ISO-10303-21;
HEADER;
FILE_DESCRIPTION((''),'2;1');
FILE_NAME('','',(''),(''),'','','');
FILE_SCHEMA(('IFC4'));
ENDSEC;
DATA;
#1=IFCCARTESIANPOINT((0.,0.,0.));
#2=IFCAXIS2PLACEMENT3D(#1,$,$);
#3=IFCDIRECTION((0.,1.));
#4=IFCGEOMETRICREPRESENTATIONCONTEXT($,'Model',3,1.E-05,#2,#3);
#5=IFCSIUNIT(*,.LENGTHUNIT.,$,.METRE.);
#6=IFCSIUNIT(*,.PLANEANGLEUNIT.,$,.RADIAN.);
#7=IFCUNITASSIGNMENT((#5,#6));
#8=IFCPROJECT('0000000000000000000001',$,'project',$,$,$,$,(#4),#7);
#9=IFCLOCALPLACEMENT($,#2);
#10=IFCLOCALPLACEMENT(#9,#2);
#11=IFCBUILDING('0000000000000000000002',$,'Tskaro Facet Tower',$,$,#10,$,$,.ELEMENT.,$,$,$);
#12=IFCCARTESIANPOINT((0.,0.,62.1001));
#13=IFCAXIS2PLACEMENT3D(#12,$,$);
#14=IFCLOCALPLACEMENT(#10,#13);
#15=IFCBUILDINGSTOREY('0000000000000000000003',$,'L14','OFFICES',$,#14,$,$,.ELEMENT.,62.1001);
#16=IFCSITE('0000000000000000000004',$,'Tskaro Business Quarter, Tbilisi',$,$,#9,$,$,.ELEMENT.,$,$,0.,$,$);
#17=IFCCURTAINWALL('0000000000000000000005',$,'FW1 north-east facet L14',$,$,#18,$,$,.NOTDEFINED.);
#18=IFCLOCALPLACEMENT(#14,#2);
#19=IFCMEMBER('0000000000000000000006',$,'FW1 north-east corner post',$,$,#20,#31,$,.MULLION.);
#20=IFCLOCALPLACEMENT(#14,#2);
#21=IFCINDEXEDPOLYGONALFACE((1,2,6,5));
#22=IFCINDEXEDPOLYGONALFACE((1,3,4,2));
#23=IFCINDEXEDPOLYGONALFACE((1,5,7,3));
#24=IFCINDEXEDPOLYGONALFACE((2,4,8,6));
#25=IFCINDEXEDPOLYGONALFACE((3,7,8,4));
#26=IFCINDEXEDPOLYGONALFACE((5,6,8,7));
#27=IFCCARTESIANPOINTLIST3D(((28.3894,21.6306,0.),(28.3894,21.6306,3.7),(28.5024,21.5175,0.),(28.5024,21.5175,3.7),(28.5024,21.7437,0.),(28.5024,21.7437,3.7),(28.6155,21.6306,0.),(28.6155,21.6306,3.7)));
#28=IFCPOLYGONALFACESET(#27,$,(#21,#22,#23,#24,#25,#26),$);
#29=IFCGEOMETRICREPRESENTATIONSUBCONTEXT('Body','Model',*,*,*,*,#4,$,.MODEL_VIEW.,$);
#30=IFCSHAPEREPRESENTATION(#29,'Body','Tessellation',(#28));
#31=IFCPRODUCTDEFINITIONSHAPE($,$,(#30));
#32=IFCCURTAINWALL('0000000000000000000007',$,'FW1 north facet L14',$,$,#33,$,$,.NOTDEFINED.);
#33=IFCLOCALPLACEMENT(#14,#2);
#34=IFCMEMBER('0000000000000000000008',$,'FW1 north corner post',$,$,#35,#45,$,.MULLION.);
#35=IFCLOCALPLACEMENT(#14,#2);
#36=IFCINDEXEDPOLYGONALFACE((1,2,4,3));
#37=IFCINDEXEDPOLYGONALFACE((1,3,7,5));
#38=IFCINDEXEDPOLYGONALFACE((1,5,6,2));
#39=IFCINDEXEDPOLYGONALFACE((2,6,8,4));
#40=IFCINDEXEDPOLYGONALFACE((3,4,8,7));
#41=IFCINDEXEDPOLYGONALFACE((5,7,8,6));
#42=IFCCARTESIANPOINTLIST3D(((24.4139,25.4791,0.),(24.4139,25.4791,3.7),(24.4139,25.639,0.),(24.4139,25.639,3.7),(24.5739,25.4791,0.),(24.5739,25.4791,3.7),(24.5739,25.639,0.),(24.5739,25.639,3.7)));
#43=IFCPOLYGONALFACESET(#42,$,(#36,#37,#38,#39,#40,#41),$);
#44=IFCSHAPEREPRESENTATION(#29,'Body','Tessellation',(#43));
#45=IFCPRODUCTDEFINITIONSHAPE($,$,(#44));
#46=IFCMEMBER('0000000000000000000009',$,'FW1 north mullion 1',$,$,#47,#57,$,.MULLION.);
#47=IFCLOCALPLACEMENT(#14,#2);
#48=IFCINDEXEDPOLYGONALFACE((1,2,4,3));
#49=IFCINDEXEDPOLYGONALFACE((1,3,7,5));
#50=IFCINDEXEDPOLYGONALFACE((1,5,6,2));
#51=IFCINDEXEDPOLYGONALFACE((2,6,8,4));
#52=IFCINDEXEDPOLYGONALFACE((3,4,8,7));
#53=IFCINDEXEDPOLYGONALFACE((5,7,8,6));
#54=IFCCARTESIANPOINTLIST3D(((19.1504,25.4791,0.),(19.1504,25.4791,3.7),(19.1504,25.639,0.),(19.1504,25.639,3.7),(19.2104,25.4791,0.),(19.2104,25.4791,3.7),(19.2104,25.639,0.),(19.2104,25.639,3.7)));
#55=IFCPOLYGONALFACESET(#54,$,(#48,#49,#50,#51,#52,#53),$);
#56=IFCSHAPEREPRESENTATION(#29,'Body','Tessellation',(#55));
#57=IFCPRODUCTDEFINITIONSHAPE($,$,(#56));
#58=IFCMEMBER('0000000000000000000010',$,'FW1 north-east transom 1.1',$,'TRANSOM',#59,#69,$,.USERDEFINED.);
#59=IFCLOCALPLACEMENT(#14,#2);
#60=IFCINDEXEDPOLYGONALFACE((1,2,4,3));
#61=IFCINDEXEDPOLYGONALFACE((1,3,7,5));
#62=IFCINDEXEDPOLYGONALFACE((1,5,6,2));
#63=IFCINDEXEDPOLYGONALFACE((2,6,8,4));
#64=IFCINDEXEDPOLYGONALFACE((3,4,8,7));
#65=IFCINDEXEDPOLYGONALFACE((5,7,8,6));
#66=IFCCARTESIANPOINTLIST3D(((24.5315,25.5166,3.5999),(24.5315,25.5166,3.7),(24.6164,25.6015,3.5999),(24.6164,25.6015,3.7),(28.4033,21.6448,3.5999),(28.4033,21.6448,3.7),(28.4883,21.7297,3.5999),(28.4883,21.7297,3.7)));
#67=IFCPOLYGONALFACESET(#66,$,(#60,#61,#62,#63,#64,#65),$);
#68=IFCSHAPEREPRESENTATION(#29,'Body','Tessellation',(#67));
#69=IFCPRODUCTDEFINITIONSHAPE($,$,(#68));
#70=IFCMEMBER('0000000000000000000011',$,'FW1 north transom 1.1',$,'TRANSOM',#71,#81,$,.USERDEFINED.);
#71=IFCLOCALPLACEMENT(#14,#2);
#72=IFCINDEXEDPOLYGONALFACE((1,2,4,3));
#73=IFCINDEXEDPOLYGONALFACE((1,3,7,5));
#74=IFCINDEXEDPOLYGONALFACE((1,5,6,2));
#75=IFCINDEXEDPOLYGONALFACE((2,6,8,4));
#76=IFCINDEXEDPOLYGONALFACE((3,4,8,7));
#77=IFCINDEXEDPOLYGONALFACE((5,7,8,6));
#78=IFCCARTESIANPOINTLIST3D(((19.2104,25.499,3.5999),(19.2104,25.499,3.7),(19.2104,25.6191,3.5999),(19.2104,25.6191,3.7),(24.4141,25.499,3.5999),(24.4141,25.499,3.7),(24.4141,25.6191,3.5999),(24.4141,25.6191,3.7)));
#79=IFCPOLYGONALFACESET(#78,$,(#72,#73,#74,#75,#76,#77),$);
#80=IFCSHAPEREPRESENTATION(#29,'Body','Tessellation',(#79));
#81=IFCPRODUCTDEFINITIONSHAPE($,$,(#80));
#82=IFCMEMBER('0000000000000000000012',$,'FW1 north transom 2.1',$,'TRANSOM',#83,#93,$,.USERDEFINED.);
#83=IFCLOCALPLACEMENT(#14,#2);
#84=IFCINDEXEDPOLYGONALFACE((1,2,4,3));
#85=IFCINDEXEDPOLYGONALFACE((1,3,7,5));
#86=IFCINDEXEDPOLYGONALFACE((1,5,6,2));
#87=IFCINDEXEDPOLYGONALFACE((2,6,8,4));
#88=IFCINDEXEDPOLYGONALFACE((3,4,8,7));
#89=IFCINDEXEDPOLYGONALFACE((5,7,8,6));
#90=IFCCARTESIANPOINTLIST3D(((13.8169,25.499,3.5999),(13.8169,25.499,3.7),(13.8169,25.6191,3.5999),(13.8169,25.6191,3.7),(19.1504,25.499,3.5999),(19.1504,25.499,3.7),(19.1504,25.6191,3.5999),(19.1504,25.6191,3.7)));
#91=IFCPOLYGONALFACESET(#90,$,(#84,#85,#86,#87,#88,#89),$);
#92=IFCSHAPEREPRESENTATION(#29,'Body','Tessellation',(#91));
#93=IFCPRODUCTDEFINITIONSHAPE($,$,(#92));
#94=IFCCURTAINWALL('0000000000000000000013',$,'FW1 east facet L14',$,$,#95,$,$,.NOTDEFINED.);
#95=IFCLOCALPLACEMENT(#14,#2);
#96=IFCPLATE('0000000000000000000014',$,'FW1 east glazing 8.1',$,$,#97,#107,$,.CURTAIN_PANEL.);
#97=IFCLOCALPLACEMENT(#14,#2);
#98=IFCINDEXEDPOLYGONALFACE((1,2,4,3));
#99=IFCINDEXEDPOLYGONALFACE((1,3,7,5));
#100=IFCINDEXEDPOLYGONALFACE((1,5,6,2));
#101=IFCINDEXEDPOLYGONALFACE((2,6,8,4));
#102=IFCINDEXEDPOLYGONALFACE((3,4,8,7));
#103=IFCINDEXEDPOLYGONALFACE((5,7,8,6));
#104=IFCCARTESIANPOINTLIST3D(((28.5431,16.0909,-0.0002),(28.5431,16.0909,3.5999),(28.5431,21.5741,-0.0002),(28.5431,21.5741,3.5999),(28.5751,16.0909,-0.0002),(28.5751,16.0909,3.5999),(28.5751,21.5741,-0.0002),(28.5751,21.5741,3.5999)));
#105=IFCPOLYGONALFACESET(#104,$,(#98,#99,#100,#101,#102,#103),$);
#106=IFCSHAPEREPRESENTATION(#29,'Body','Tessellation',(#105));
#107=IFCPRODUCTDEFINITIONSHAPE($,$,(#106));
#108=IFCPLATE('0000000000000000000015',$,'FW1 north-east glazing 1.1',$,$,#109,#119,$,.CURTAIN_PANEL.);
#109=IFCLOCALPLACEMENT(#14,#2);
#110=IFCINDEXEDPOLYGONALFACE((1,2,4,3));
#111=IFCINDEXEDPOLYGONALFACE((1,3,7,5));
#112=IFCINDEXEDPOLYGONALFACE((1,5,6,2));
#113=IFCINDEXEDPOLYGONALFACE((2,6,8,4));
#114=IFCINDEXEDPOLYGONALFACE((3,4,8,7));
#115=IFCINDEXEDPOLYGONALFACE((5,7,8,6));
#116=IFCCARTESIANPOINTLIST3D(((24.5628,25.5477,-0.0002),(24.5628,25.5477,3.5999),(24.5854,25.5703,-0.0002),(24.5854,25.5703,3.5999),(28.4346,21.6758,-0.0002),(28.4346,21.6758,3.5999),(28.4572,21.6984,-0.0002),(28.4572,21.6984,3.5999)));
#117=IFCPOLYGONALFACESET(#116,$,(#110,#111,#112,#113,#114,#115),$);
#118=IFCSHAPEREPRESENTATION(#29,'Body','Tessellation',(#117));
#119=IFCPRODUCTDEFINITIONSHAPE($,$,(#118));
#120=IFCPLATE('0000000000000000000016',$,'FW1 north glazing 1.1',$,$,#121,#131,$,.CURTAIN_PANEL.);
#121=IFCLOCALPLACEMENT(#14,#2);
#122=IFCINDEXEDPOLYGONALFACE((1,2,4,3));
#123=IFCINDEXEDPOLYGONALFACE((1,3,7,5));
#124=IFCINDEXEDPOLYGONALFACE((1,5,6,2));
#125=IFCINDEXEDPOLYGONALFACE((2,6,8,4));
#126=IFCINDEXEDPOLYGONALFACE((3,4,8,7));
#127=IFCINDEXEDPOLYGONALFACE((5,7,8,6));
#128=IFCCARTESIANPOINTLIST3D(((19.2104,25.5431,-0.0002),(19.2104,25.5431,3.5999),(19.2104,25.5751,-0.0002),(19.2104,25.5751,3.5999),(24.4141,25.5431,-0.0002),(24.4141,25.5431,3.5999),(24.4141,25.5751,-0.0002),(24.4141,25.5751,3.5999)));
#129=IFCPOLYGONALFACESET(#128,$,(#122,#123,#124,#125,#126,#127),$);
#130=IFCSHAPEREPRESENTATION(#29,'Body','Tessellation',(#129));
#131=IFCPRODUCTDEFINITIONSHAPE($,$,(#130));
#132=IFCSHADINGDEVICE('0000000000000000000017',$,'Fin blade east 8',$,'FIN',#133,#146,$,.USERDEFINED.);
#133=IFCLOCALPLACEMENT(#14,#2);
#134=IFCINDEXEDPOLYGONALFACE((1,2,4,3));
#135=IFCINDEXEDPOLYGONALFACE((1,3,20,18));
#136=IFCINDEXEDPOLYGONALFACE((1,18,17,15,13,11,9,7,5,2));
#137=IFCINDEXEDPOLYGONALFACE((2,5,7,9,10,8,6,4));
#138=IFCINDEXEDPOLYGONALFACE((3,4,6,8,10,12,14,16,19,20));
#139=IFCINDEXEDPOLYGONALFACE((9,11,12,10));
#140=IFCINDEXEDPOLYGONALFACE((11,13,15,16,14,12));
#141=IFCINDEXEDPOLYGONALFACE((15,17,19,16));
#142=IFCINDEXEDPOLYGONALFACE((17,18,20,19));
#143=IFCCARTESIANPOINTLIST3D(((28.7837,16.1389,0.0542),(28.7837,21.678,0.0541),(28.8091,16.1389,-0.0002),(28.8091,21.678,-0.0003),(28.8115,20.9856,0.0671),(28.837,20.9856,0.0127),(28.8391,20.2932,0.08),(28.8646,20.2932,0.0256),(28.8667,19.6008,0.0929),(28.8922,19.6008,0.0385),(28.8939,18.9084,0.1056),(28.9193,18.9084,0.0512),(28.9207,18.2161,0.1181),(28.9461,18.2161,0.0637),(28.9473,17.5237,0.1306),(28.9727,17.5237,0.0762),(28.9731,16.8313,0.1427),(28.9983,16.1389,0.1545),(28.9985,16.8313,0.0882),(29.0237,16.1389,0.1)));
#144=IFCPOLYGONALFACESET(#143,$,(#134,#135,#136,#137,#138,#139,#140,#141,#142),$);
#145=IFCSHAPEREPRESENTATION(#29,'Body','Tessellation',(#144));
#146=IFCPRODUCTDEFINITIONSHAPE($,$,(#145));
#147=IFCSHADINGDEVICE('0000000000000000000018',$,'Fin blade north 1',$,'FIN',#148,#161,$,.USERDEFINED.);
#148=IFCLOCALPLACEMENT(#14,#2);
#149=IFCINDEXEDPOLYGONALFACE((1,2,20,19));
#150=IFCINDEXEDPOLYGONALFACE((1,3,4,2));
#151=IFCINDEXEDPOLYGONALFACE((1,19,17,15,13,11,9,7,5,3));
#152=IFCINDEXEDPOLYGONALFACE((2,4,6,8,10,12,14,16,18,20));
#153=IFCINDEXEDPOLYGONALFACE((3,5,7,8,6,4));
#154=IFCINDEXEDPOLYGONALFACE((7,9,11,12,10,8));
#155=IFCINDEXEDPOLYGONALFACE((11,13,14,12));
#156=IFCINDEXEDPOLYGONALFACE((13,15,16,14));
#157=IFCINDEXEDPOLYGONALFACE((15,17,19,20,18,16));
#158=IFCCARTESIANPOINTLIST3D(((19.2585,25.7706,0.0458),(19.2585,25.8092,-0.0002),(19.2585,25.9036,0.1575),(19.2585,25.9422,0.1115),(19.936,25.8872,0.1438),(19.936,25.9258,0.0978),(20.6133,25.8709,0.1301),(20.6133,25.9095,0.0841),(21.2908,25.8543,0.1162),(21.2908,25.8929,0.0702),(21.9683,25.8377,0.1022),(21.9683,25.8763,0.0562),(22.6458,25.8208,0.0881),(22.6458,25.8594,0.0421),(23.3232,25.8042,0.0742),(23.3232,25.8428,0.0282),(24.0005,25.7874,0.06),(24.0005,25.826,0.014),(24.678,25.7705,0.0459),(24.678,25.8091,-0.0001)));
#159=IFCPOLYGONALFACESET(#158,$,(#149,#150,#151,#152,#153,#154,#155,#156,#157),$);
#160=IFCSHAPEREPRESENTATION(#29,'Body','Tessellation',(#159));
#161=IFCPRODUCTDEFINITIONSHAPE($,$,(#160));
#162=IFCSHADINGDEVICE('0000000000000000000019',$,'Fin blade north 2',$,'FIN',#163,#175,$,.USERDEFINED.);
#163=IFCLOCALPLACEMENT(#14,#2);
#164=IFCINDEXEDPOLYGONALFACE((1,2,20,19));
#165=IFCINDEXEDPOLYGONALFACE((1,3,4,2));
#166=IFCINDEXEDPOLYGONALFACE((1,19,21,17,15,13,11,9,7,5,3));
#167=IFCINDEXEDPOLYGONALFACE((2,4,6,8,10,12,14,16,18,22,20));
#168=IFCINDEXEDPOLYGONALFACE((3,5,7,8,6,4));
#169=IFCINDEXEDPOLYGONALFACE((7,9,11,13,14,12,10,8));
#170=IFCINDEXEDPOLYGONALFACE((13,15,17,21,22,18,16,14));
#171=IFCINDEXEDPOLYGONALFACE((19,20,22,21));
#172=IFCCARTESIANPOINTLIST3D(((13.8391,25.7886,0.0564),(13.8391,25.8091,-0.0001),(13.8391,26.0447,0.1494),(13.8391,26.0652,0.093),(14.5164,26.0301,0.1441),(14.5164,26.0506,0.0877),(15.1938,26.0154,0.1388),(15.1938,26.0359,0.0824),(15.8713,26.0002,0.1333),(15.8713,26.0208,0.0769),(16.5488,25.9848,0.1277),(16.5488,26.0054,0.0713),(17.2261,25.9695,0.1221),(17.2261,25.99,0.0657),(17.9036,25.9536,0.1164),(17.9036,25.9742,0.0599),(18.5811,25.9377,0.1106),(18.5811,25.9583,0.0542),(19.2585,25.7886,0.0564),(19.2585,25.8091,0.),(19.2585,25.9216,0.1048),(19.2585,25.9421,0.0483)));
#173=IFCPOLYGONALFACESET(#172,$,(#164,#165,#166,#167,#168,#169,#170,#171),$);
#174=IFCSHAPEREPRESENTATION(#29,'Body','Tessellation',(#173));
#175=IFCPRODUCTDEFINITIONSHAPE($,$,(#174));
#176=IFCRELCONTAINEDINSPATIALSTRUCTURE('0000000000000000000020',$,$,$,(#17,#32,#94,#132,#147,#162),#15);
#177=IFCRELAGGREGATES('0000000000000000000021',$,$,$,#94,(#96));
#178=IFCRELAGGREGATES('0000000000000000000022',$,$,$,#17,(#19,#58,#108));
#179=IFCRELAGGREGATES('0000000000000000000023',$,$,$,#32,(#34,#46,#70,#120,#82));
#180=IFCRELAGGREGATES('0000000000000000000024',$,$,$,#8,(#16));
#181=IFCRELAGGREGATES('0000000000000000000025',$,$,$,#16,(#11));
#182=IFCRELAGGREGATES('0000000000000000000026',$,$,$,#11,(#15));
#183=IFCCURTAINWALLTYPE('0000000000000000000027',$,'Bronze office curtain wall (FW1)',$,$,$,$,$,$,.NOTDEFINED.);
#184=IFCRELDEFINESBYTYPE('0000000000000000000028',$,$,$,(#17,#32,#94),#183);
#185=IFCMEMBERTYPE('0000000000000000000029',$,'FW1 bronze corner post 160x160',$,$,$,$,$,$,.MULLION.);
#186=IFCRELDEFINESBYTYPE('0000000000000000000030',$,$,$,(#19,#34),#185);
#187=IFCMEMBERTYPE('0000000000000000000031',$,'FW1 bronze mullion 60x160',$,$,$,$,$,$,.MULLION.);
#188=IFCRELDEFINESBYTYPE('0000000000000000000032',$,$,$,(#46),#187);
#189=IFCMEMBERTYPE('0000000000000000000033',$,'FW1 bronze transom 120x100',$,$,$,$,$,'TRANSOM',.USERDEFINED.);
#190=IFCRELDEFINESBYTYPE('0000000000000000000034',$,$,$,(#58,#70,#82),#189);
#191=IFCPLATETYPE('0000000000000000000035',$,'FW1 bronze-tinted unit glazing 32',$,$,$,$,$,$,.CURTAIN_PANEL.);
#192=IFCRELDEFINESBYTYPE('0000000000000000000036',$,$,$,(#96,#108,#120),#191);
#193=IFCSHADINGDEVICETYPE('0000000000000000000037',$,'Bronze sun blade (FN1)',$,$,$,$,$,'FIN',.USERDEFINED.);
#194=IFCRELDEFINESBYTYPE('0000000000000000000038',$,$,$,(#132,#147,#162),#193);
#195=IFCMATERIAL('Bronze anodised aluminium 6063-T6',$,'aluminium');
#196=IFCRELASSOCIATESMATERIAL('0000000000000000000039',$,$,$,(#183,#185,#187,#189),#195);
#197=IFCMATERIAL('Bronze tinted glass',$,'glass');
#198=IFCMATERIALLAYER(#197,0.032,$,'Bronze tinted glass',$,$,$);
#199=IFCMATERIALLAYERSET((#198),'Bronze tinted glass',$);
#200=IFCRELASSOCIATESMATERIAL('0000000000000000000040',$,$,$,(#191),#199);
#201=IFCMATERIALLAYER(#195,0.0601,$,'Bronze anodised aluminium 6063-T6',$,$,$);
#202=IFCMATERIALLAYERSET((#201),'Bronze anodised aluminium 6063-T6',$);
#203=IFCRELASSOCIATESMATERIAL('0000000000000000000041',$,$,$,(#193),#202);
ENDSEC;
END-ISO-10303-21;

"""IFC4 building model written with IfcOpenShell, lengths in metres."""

from ifc_helpers import new_model, si_unit, direction, frame, origin, origin_2d, place, context, subcontext, project, spatial, polyline, rectangle, outline, extrude, material, layer, layer_set, material_profile, profile_set, type_object, element, aggregate, save


model = new_model("IFC4")

# Units and contexts
model_context = context("Model", 3, precision=1e-05, world=origin(), true_north=direction((0.0, 1.0)))
body_context = subcontext(model_context, "Body", "Model", "MODEL_VIEW")
ifc_project = project(units=[si_unit("LENGTHUNIT", "METRE"), si_unit("PLANEANGLEUNIT", "RADIAN")], contexts=[model_context])

# Site, building, storey
site_placement = place(None, origin())
site = spatial("IfcSite", under=ifc_project, at=site_placement, Name="Tskaro Business Quarter, Tbilisi", CompositionType="ELEMENT", RefElevation=0.0)
building_placement = place(site_placement, origin())
building = spatial("IfcBuilding", under=site, at=building_placement, Name="Tskaro Facet Tower", CompositionType="ELEMENT")
storey_placement = place(building_placement, frame((0.0, 0.0, 62.1001)))
storey = spatial("IfcBuildingStorey", under=building, at=storey_placement, Name="L14", Description="OFFICES", CompositionType="ELEMENT", Elevation=62.1001)

# Curtain wall, member
ifc_material_1 = material(Name="Bronze anodised aluminium 6063-T6", Category="aluminium")
curtain_wall_type = type_object("IfcCurtainWallType", Name="Bronze office curtain wall (FW1)", PredefinedType="NOTDEFINED", material=ifc_material_1)
curtain_wall_1_placement = place(storey_placement, origin())
curtain_wall_1 = element("IfcCurtainWall", 1, at=curtain_wall_1_placement, inside=storey, type_object=curtain_wall_type, Name="FW1 north-east facet L14", PredefinedType="NOTDEFINED")
ifc_material_profile_1 = material_profile(ifc_material_1, rectangle(XDim=0.1599, YDim=0.1599, at=origin_2d()), Name="Corner post 160x160")
ifc_profile_set_1 = profile_set([ifc_material_profile_1], Name="Bronze anodised aluminium 6063-T6")
member_type_1 = type_object("IfcMemberType", Name="FW1 bronze corner post 160x160", PredefinedType="MULLION", material=ifc_profile_set_1)
member_1_placement = place(storey_placement, frame((28.5024, 21.6306, 0.0), z_axis=(0.0, 0.0, 1.0), x_axis=(-0.707107, 0.707107, 0.0)))
member_1 = element("IfcMember", 2, at=member_1_placement, type_object=member_type_1, Name="FW1 north-east corner post", PredefinedType="MULLION", context=body_context, shape_type="SweptSolid", body=[
    extrude(rectangle(XDim=0.1599, YDim=0.1599, at=origin_2d()), origin(), (0.0, 0.0, 1.0), 3.7),
])

# Curtain wall, members
curtain_wall_2_placement = place(storey_placement, origin())
curtain_wall_2 = element("IfcCurtainWall", 3, at=curtain_wall_2_placement, inside=storey, type_object=curtain_wall_type, Name="FW1 north facet L14", PredefinedType="NOTDEFINED")
member_2_placement = place(storey_placement, frame((24.4939, 25.5591, 0.0), z_axis=(0.0, 0.0, 1.0), x_axis=(-1.0, 0.0, 0.0)))
member_2 = element("IfcMember", 4, at=member_2_placement, type_object=member_type_1, Name="FW1 north corner post", PredefinedType="MULLION", context=body_context, shape_type="SweptSolid", body=[
    extrude(rectangle(XDim=0.1599, YDim=0.1599, at=origin_2d()), origin(), (0.0, 0.0, 1.0), 3.7),
])
ifc_material_profile_2 = material_profile(ifc_material_1, rectangle(XDim=0.0601, YDim=0.1599, at=origin_2d()), Name="Mullion 60x160")
ifc_profile_set_2 = profile_set([ifc_material_profile_2], Name="Bronze anodised aluminium 6063-T6")
member_type_2 = type_object("IfcMemberType", Name="FW1 bronze mullion 60x160", PredefinedType="MULLION", material=ifc_profile_set_2)
member_3_placement = place(storey_placement, frame((19.1804, 25.5591, 0.0), z_axis=(0.0, 0.0, 1.0), x_axis=(-1.0, 0.0, 0.0)))
member_3 = element("IfcMember", 5, at=member_3_placement, type_object=member_type_2, Name="FW1 north mullion 1", PredefinedType="MULLION", context=body_context, shape_type="SweptSolid", body=[
    extrude(rectangle(XDim=0.0601, YDim=0.1599, at=origin_2d()), origin(), (0.0, 0.0, 1.0), 3.7),
])

# Members
ifc_material_profile_3 = material_profile(ifc_material_1, rectangle(XDim=0.1201, YDim=0.1001, at=origin_2d()), Name="Transom 120x100")
ifc_profile_set_3 = profile_set([ifc_material_profile_3], Name="Bronze anodised aluminium 6063-T6")
member_type_3 = type_object("IfcMemberType", Name="FW1 bronze transom 120x100", ElementType="TRANSOM", PredefinedType="USERDEFINED", material=ifc_profile_set_3)
member_4_placement = place(storey_placement, frame((28.4458, 21.6873, 3.6499), z_axis=(-0.707107, 0.707107, 0.0), x_axis=(-0.707107, -0.707107, 0.0)))
member_4 = element("IfcMember", 6, at=member_4_placement, type_object=member_type_3, Name="FW1 north-east transom 1.1", ObjectType="TRANSOM", PredefinedType="USERDEFINED", context=body_context, shape_type="SweptSolid", body=[
    extrude(rectangle(XDim=0.1201, YDim=0.1001, at=origin_2d()), origin(), (0.0, 0.0, 1.0), 5.4756),
])
member_5_placement = place(storey_placement, frame((24.4141, 25.5591, 3.6499), z_axis=(-1.0, 0.0, 0.0), x_axis=(0.0, -1.0, 0.0)))
member_5 = element("IfcMember", 7, at=member_5_placement, type_object=member_type_3, Name="FW1 north transom 1.1", ObjectType="TRANSOM", PredefinedType="USERDEFINED", context=body_context, shape_type="SweptSolid", body=[
    extrude(rectangle(XDim=0.1201, YDim=0.1001, at=origin_2d()), origin(), (0.0, 0.0, 1.0), 5.2036),
])
member_6_placement = place(storey_placement, frame((19.1504, 25.5591, 3.6499), z_axis=(-1.0, 0.0, 0.0), x_axis=(0.0, -1.0, 0.0)))
member_6 = element("IfcMember", 8, at=member_6_placement, type_object=member_type_3, Name="FW1 north transom 2.1", ObjectType="TRANSOM", PredefinedType="USERDEFINED", context=body_context, shape_type="SweptSolid", body=[
    extrude(rectangle(XDim=0.1201, YDim=0.1001, at=origin_2d()), origin(), (0.0, 0.0, 1.0), 5.3335),
])

# Curtain wall, plate
curtain_wall_3_placement = place(storey_placement, origin())
curtain_wall_3 = element("IfcCurtainWall", 9, at=curtain_wall_3_placement, inside=storey, type_object=curtain_wall_type, Name="FW1 east facet L14", PredefinedType="NOTDEFINED")
ifc_material_2 = material(Name="Bronze tinted glass", Category="glass")
ifc_layer_1 = layer(ifc_material_2, 0.032, Name="Bronze tinted glass")
ifc_layer_set_1 = layer_set([ifc_layer_1], Name="Bronze tinted glass")
plate_type = type_object("IfcPlateType", Name="FW1 bronze-tinted unit glazing 32", PredefinedType="CURTAIN_PANEL", material=ifc_layer_set_1)
plate_1_placement = place(storey_placement, frame((28.5591, 18.8325, -0.0002), z_axis=(0.0, 0.0, 1.0), x_axis=(0.0, 1.0, 0.0)))
plate_1 = element("IfcPlate", 10, at=plate_1_placement, type_object=plate_type, Name="FW1 east glazing 8.1", PredefinedType="CURTAIN_PANEL", context=body_context, shape_type="SweptSolid", body=[
    extrude(rectangle(XDim=5.4832, YDim=0.032, at=origin_2d()), origin(), (0.0, 0.0, 1.0), 3.6001),
])
aggregate(curtain_wall_3, [plate_1])

# Plates
plate_2_placement = place(storey_placement, frame((26.51, 23.623, -0.0002), z_axis=(0.0, 0.0, 1.0), x_axis=(-0.707107, 0.707107, 0.0)))
plate_2 = element("IfcPlate", 11, at=plate_2_placement, type_object=plate_type, Name="FW1 north-east glazing 1.1", PredefinedType="CURTAIN_PANEL", context=body_context, shape_type="SweptSolid", body=[
    extrude(rectangle(XDim=5.4756, YDim=0.032, at=origin_2d()), origin(), (0.0, 0.0, 1.0), 3.6001),
])
aggregate(curtain_wall_1, [member_1, member_4, plate_2])
plate_3_placement = place(storey_placement, frame((21.8123, 25.5591, -0.0002), z_axis=(0.0, 0.0, 1.0), x_axis=(-1.0, 0.0, 0.0)))
plate_3 = element("IfcPlate", 12, at=plate_3_placement, type_object=plate_type, Name="FW1 north glazing 1.1", PredefinedType="CURTAIN_PANEL", context=body_context, shape_type="SweptSolid", body=[
    extrude(rectangle(XDim=5.2036, YDim=0.032, at=origin_2d()), origin(), (0.0, 0.0, 1.0), 3.6001),
])
aggregate(curtain_wall_2, [member_2, member_3, member_5, plate_3, member_6])

# Shading devices
ifc_layer_2 = layer(ifc_material_1, 0.0601, Name="Bronze anodised aluminium 6063-T6")
ifc_layer_set_2 = layer_set([ifc_layer_2], Name="Bronze anodised aluminium 6063-T6")
shading_device_type = type_object("IfcShadingDeviceType", Name="Bronze sun blade (FN1)", ElementType="FIN", PredefinedType="USERDEFINED", material=ifc_layer_set_2)
shading_device_1_placement = place(storey_placement, frame((28.7837, 16.1389, 0.0542), z_axis=(-0.423204, 0.000017, 0.906034), x_axis=(0.000007, 1.0, -0.000015)))
element("IfcShadingDevice", 13, at=shading_device_1_placement, inside=storey, type_object=shading_device_type, Name="Fin blade east 8", ObjectType="FIN", PredefinedType="USERDEFINED", context=body_context, shape_type="SweptSolid", body=[
    extrude(outline(polyline([(0.0, 0.0), (5.5391, 0.0), (4.8467, -0.0307), (4.1543, -0.0612), (3.4619, -0.0916), (2.7695, -0.1216), (2.0771, -0.1512), (1.3848, -0.1805), (0.6924, -0.2091), (0.0, -0.2369), (0.0, 0.0)])), origin(), (0.0, 0.0, -1.0), 0.0601),
])
shading_device_2_placement = place(storey_placement, frame((24.678, 25.7705, 0.0459), z_axis=(-0.000017, -0.642946, 0.765911), x_axis=(-1.0, 0.000011, -0.000013)))
element("IfcShadingDevice", 14, at=shading_device_2_placement, inside=storey, type_object=shading_device_type, Name="Fin blade north 1", ObjectType="FIN", PredefinedType="USERDEFINED", context=body_context, shape_type="SweptSolid", body=[
    extrude(outline(polyline([(0.0, 0.0), (5.4194, 0.0), (5.4194, -0.1736), (4.7419, -0.1523), (4.0647, -0.131), (3.3872, -0.1093), (2.7097, -0.0877), (2.0322, -0.0657), (1.3547, -0.044), (0.6775, -0.022), (0.0, 0.0)])), origin(), (0.0, 0.0, -1.0), 0.0601),
])
shading_device_3_placement = place(storey_placement, frame((19.2585, 25.7886, 0.0564), z_axis=(-0.000007, -0.341631, 0.939834), x_axis=(-1.0, 0.000002, -0.000007)))
element("IfcShadingDevice", 15, at=shading_device_3_placement, inside=storey, type_object=shading_device_type, Name="Fin blade north 2", ObjectType="FIN", PredefinedType="USERDEFINED", context=body_context, shape_type="SweptSolid", body=[
    extrude(outline(polyline([(0.0, 0.0), (5.4194, 0.0), (5.4194, -0.2725), (4.7422, -0.257), (4.0647, -0.2414), (3.3872, -0.2252), (2.7097, -0.2088), (2.0325, -0.1925), (1.355, -0.1756), (0.6775, -0.1587), (0.0, -0.1416), (0.0, 0.0)])), origin(), (0.0, 0.0, -1.0), 0.0601),
])

save(model, "model.ifc")
